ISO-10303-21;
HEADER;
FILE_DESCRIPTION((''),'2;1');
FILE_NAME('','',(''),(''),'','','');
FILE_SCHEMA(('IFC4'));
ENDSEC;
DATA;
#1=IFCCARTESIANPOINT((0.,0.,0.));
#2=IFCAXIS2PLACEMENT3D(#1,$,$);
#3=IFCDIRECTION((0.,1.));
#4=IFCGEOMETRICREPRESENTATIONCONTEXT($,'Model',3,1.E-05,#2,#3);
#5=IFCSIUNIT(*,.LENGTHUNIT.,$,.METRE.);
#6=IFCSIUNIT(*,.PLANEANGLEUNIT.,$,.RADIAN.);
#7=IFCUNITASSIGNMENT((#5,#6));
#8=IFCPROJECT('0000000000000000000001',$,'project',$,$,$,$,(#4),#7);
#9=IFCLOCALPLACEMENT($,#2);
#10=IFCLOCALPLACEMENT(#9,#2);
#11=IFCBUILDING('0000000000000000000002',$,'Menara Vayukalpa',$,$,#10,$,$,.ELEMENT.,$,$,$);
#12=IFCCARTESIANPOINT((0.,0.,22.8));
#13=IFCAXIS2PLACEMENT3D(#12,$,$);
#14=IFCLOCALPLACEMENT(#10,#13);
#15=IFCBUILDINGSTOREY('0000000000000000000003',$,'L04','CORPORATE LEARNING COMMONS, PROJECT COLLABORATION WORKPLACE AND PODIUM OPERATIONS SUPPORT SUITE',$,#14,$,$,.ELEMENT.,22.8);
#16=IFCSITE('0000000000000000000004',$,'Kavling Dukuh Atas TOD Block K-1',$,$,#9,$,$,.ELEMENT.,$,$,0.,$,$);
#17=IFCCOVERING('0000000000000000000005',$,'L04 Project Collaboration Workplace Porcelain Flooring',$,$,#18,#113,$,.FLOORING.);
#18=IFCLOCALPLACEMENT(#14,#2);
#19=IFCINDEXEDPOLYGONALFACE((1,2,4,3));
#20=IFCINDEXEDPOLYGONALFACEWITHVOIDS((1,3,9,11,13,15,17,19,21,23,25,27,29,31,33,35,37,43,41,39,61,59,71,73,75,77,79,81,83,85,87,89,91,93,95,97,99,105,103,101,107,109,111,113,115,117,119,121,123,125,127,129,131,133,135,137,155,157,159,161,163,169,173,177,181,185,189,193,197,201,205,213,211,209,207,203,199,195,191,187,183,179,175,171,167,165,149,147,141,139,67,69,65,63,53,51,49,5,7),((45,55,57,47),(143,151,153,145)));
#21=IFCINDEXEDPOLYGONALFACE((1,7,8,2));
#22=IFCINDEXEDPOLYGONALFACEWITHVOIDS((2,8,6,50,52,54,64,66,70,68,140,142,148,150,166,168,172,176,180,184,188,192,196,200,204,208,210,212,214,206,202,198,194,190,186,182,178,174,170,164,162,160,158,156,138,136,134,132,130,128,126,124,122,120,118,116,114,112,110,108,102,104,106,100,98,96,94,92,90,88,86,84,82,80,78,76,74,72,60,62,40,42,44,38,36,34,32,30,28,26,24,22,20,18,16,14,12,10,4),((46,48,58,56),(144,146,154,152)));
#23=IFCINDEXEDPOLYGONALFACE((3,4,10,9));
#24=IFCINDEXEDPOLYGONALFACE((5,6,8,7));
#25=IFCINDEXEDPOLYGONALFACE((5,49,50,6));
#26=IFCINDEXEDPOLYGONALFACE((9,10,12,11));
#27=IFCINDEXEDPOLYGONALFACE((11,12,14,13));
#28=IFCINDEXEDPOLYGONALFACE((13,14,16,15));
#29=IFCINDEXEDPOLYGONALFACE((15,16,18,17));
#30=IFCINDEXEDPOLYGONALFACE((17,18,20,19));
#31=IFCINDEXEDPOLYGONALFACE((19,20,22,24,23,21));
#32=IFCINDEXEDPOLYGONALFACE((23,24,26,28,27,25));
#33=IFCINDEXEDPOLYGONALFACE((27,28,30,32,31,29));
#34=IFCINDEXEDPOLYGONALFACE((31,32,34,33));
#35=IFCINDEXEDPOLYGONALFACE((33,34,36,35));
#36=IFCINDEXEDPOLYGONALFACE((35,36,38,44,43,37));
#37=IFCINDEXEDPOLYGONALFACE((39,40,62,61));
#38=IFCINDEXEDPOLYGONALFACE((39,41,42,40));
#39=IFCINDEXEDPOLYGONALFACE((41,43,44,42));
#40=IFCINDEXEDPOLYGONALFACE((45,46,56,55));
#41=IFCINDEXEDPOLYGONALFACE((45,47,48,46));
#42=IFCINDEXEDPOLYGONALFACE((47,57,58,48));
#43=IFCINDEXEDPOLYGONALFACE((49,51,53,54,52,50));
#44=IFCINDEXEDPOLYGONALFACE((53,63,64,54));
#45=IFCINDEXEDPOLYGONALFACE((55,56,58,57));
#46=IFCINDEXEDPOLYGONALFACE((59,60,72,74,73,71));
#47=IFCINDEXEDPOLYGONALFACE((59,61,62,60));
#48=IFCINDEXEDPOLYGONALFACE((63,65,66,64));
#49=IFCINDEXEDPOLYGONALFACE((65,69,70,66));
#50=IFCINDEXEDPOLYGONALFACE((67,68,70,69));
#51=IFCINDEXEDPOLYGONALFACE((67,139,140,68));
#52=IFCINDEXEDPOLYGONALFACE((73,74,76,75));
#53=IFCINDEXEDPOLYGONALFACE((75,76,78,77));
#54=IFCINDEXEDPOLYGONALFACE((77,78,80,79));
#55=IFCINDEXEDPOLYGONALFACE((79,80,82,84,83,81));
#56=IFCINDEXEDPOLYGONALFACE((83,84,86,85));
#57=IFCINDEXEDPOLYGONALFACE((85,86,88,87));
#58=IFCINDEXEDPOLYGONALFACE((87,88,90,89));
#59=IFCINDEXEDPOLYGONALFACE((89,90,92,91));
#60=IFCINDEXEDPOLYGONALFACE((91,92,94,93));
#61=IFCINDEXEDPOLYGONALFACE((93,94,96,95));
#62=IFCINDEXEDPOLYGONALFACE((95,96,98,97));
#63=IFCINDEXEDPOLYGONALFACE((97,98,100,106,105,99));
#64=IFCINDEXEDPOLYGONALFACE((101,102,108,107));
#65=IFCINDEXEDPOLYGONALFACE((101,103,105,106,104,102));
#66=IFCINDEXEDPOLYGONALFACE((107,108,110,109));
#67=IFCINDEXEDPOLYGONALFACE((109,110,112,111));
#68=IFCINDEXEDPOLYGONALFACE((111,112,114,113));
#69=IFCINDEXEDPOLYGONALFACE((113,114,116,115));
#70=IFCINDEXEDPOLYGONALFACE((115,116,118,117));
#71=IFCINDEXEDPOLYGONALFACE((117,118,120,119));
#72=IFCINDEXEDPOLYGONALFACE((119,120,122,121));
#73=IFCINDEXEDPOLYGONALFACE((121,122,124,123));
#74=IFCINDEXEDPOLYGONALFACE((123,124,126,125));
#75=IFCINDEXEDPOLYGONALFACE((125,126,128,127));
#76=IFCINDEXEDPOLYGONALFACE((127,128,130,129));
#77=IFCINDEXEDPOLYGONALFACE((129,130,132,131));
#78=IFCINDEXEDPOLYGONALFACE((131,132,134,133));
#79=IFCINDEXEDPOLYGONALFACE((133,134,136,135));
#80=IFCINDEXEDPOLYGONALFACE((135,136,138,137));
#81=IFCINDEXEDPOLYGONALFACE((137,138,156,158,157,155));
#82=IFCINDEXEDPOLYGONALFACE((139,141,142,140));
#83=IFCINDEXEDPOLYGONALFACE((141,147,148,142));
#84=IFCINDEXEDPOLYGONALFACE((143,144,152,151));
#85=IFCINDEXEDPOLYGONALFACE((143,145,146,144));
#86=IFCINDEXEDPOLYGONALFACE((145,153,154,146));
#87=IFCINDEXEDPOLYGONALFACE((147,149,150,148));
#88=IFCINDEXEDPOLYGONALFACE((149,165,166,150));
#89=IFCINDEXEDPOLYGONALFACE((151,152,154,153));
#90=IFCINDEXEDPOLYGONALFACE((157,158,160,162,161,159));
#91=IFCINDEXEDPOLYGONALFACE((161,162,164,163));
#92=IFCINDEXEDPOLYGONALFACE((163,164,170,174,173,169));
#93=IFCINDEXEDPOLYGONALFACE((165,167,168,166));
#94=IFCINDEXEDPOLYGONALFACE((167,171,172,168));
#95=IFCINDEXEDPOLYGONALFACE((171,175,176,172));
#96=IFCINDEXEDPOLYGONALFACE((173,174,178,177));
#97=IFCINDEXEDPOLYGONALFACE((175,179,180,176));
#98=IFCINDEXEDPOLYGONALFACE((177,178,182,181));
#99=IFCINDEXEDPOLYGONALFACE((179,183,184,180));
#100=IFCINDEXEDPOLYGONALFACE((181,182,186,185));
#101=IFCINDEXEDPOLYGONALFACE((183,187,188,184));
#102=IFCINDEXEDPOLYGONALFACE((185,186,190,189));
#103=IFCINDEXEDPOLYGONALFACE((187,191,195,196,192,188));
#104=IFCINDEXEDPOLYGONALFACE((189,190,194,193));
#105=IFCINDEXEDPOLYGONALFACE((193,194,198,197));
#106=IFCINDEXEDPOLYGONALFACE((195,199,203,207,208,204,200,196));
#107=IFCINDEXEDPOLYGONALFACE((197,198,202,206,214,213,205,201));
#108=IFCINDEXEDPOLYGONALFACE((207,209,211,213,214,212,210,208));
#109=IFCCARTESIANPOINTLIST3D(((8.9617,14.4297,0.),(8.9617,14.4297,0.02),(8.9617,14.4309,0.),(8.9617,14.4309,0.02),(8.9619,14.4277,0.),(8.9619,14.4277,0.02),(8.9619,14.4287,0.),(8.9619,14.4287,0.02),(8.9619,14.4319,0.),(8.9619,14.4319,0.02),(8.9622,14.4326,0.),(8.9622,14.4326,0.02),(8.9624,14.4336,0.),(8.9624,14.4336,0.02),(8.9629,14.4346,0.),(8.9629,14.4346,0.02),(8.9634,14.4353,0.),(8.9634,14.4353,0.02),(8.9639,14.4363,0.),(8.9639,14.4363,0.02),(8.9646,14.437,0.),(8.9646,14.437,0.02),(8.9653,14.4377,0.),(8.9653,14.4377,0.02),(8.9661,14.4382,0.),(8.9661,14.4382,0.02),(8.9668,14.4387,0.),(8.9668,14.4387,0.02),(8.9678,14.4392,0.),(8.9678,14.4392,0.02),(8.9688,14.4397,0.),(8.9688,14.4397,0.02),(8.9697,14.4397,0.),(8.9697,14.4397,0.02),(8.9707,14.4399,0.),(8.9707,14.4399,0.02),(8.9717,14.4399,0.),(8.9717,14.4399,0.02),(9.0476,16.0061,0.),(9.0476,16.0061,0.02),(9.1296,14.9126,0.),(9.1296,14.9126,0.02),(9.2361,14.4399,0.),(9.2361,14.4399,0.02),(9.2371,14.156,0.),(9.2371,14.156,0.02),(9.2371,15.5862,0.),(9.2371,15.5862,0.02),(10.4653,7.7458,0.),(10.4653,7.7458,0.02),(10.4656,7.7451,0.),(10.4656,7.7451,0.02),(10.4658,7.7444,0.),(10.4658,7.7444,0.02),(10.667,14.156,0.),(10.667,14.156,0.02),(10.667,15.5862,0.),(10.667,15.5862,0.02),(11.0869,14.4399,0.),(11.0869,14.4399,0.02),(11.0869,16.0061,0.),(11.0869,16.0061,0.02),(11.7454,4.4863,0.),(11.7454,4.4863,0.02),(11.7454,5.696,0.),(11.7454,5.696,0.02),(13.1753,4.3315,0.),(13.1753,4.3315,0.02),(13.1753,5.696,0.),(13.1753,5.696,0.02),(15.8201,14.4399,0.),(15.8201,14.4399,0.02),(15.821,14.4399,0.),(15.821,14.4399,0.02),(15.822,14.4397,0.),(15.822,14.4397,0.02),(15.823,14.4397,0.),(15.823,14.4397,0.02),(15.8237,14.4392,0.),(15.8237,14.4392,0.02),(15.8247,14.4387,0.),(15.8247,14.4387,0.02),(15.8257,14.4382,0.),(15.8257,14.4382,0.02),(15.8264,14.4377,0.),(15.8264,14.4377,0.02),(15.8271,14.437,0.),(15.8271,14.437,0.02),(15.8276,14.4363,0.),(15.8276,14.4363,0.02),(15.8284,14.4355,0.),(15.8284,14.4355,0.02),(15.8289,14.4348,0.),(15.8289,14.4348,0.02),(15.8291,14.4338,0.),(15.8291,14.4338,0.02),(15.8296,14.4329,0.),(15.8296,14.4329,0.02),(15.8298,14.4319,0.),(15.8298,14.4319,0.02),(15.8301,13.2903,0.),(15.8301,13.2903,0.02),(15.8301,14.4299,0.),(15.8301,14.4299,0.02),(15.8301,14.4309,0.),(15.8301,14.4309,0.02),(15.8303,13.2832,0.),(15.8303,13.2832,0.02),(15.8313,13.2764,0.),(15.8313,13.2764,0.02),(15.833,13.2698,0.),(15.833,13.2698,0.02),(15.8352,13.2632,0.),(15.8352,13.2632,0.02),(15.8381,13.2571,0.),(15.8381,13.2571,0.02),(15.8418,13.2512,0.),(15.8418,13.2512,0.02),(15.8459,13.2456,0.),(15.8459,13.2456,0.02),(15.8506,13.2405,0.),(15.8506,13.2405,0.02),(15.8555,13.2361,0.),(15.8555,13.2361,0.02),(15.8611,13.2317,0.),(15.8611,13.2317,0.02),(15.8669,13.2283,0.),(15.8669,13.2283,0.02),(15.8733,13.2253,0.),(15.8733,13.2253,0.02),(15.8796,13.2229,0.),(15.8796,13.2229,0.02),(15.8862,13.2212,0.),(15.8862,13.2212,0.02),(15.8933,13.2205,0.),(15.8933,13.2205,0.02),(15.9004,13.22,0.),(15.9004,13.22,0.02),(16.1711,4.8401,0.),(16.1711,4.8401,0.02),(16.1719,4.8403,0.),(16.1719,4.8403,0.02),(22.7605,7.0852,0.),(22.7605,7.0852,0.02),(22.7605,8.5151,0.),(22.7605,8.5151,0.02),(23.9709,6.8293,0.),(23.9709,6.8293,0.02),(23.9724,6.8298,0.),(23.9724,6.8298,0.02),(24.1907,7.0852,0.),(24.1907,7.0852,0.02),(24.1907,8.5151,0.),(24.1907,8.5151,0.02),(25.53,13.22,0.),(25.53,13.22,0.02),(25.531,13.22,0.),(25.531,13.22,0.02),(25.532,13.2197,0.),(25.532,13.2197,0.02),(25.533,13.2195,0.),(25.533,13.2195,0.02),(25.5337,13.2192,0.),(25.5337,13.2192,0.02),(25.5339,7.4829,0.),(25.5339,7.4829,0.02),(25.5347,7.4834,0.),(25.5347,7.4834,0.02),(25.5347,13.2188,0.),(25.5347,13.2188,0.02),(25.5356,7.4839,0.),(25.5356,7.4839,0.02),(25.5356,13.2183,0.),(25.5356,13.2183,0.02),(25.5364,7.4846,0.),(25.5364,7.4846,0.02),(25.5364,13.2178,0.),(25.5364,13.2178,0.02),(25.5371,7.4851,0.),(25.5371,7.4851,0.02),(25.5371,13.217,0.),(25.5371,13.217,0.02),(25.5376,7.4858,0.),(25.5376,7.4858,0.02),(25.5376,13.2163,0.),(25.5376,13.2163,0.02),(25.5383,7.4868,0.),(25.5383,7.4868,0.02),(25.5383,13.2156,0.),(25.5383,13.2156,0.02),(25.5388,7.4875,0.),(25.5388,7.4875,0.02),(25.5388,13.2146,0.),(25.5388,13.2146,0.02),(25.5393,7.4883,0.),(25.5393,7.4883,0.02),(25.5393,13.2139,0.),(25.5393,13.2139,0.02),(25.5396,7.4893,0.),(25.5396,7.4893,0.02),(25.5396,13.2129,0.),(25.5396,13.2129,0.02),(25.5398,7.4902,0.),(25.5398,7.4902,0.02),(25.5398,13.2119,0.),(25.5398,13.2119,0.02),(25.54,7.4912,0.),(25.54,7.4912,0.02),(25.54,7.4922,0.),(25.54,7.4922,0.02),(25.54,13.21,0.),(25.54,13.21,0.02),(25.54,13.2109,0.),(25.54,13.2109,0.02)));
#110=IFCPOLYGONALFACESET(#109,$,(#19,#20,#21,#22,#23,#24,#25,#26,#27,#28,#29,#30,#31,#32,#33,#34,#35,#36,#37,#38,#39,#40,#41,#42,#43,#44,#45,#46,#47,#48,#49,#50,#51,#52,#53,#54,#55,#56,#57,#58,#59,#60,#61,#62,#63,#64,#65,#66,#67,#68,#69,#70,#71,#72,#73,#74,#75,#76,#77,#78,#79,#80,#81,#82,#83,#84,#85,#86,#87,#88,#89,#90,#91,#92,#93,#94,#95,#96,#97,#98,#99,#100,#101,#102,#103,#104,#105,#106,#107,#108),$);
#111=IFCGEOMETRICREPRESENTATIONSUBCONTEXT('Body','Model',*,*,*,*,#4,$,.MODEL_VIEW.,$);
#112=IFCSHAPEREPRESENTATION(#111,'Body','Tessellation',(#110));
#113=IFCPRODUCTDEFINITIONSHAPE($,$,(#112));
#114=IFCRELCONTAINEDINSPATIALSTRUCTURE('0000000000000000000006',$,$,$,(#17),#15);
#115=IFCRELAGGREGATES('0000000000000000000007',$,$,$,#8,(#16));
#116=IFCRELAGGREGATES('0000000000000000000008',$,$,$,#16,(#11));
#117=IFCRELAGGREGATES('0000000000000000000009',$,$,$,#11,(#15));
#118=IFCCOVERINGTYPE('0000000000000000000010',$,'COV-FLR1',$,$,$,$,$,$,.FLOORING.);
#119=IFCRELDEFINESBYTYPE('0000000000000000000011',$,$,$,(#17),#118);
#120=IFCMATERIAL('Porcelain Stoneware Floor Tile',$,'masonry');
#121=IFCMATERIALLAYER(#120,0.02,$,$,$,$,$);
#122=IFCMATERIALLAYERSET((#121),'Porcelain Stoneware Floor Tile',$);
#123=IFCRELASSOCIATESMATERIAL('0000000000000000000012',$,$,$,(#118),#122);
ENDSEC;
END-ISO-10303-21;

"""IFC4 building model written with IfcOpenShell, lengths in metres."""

from ifc_helpers import new_model, si_unit, direction, frame, origin, place, context, subcontext, project, spatial, polyline, outline, extrude, material, layer, layer_set, type_object, element, save


model = new_model("IFC4")

# Units and contexts
model_context = context("Model", 3, precision=1e-05, world=origin(), true_north=direction((0.0, 1.0)))
body_context = subcontext(model_context, "Body", "Model", "MODEL_VIEW")
ifc_project = project(units=[si_unit("LENGTHUNIT", "METRE"), si_unit("PLANEANGLEUNIT", "RADIAN")], contexts=[model_context])

# Site, building, storey
site_placement = place(None, origin())
site = spatial("IfcSite", under=ifc_project, at=site_placement, Name="Kavling Dukuh Atas TOD Block K-1", CompositionType="ELEMENT", RefElevation=0.0)
building_placement = place(site_placement, origin())
building = spatial("IfcBuilding", under=site, at=building_placement, Name="Menara Vayukalpa", CompositionType="ELEMENT")
storey_placement = place(building_placement, frame((0.0, 0.0, 22.8)))
storey = spatial("IfcBuildingStorey", under=building, at=storey_placement, Name="L04", Description="CORPORATE LEARNING COMMONS, PROJECT COLLABORATION WORKPLACE AND PODIUM OPERATIONS SUPPORT SUITE", CompositionType="ELEMENT", Elevation=22.8)

# Covering
ifc_material_1 = material(Name="Porcelain Stoneware Floor Tile", Category="masonry")
ifc_layer_1 = layer(ifc_material_1, 0.02)
ifc_layer_set_1 = layer_set([ifc_layer_1], Name="Porcelain Stoneware Floor Tile")
covering_type_1 = type_object("IfcCoveringType", Name="COV-FLR1", PredefinedType="FLOORING", material=ifc_layer_set_1)
covering_1_placement = place(storey_placement, origin())
element("IfcCovering", 1, at=covering_1_placement, inside=storey, type_object=covering_type_1, Name="L04 Project Collaboration Workplace Porcelain Flooring", PredefinedType="FLOORING", context=body_context, shape_type="SweptSolid", body=[
    extrude(outline(polyline([(16.1711, 4.8401), (13.1753, 4.3315), (13.1753, 5.696), (11.7454, 5.696), (11.7454, 4.4863), (10.4658, 7.7444), (10.4656, 7.7451), (10.4653, 7.7458), (8.9619, 14.4277), (8.9619, 14.4287), (8.9617, 14.4297), (8.9617, 14.4309), (8.9619, 14.4319), (8.9622, 14.4326), (8.9624, 14.4336), (8.9629, 14.4346), (8.9634, 14.4353), (8.9639, 14.4363), (8.9646, 14.437), (8.9653, 14.4377), (8.9661, 14.4382), (8.9668, 14.4387), (8.9678, 14.4392), (8.9688, 14.4397), (8.9697, 14.4397), (8.9707, 14.4399), (8.9717, 14.4399), (9.2361, 14.4399), (9.1296, 14.9126), (9.0476, 16.0061), (11.0869, 16.0061), (11.0869, 14.4399), (15.8201, 14.4399), (15.821, 14.4399), (15.822, 14.4397), (15.823, 14.4397), (15.8237, 14.4392), (15.8247, 14.4387), (15.8257, 14.4382), (15.8264, 14.4377), (15.8271, 14.437), (15.8276, 14.4363), (15.8284, 14.4355), (15.8289, 14.4348), (15.8291, 14.4338), (15.8296, 14.4329), (15.8298, 14.4319), (15.8301, 14.4309), (15.8301, 14.4299), (15.8301, 13.2903), (15.8303, 13.2832), (15.8313, 13.2764), (15.833, 13.2698), (15.8352, 13.2632), (15.8381, 13.2571), (15.8418, 13.2512), (15.8459, 13.2456), (15.8506, 13.2405), (15.8555, 13.2361), (15.8611, 13.2317), (15.8669, 13.2283), (15.8733, 13.2253), (15.8796, 13.2229), (15.8862, 13.2212), (15.8933, 13.2205), (15.9004, 13.22), (25.53, 13.22), (25.531, 13.22), (25.532, 13.2197), (25.533, 13.2195), (25.5337, 13.2192), (25.5347, 13.2188), (25.5356, 13.2183), (25.5364, 13.2178), (25.5371, 13.217), (25.5376, 13.2163), (25.5383, 13.2156), (25.5388, 13.2146), (25.5393, 13.2139), (25.5396, 13.2129), (25.5398, 13.2119), (25.54, 13.2109), (25.54, 13.21), (25.54, 7.4922), (25.54, 7.4912), (25.5398, 7.4902), (25.5396, 7.4893), (25.5393, 7.4883), (25.5388, 7.4875), (25.5383, 7.4868), (25.5376, 7.4858), (25.5371, 7.4851), (25.5364, 7.4846), (25.5356, 7.4839), (25.5347, 7.4834), (25.5339, 7.4829), (23.9724, 6.8298), (23.9709, 6.8293), (16.1719, 4.8403), (16.1711, 4.8401)]), holes=[polyline([(24.1907, 8.5151), (22.7605, 8.5151), (22.7605, 7.0852), (24.1907, 7.0852), (24.1907, 8.5151)]), polyline([(10.667, 15.5862), (9.2371, 15.5862), (9.2371, 14.156), (10.667, 14.156), (10.667, 15.5862)])]), origin(), (0.0, 0.0, 1.0), 0.02),
])

save(model, "model.ifc")
